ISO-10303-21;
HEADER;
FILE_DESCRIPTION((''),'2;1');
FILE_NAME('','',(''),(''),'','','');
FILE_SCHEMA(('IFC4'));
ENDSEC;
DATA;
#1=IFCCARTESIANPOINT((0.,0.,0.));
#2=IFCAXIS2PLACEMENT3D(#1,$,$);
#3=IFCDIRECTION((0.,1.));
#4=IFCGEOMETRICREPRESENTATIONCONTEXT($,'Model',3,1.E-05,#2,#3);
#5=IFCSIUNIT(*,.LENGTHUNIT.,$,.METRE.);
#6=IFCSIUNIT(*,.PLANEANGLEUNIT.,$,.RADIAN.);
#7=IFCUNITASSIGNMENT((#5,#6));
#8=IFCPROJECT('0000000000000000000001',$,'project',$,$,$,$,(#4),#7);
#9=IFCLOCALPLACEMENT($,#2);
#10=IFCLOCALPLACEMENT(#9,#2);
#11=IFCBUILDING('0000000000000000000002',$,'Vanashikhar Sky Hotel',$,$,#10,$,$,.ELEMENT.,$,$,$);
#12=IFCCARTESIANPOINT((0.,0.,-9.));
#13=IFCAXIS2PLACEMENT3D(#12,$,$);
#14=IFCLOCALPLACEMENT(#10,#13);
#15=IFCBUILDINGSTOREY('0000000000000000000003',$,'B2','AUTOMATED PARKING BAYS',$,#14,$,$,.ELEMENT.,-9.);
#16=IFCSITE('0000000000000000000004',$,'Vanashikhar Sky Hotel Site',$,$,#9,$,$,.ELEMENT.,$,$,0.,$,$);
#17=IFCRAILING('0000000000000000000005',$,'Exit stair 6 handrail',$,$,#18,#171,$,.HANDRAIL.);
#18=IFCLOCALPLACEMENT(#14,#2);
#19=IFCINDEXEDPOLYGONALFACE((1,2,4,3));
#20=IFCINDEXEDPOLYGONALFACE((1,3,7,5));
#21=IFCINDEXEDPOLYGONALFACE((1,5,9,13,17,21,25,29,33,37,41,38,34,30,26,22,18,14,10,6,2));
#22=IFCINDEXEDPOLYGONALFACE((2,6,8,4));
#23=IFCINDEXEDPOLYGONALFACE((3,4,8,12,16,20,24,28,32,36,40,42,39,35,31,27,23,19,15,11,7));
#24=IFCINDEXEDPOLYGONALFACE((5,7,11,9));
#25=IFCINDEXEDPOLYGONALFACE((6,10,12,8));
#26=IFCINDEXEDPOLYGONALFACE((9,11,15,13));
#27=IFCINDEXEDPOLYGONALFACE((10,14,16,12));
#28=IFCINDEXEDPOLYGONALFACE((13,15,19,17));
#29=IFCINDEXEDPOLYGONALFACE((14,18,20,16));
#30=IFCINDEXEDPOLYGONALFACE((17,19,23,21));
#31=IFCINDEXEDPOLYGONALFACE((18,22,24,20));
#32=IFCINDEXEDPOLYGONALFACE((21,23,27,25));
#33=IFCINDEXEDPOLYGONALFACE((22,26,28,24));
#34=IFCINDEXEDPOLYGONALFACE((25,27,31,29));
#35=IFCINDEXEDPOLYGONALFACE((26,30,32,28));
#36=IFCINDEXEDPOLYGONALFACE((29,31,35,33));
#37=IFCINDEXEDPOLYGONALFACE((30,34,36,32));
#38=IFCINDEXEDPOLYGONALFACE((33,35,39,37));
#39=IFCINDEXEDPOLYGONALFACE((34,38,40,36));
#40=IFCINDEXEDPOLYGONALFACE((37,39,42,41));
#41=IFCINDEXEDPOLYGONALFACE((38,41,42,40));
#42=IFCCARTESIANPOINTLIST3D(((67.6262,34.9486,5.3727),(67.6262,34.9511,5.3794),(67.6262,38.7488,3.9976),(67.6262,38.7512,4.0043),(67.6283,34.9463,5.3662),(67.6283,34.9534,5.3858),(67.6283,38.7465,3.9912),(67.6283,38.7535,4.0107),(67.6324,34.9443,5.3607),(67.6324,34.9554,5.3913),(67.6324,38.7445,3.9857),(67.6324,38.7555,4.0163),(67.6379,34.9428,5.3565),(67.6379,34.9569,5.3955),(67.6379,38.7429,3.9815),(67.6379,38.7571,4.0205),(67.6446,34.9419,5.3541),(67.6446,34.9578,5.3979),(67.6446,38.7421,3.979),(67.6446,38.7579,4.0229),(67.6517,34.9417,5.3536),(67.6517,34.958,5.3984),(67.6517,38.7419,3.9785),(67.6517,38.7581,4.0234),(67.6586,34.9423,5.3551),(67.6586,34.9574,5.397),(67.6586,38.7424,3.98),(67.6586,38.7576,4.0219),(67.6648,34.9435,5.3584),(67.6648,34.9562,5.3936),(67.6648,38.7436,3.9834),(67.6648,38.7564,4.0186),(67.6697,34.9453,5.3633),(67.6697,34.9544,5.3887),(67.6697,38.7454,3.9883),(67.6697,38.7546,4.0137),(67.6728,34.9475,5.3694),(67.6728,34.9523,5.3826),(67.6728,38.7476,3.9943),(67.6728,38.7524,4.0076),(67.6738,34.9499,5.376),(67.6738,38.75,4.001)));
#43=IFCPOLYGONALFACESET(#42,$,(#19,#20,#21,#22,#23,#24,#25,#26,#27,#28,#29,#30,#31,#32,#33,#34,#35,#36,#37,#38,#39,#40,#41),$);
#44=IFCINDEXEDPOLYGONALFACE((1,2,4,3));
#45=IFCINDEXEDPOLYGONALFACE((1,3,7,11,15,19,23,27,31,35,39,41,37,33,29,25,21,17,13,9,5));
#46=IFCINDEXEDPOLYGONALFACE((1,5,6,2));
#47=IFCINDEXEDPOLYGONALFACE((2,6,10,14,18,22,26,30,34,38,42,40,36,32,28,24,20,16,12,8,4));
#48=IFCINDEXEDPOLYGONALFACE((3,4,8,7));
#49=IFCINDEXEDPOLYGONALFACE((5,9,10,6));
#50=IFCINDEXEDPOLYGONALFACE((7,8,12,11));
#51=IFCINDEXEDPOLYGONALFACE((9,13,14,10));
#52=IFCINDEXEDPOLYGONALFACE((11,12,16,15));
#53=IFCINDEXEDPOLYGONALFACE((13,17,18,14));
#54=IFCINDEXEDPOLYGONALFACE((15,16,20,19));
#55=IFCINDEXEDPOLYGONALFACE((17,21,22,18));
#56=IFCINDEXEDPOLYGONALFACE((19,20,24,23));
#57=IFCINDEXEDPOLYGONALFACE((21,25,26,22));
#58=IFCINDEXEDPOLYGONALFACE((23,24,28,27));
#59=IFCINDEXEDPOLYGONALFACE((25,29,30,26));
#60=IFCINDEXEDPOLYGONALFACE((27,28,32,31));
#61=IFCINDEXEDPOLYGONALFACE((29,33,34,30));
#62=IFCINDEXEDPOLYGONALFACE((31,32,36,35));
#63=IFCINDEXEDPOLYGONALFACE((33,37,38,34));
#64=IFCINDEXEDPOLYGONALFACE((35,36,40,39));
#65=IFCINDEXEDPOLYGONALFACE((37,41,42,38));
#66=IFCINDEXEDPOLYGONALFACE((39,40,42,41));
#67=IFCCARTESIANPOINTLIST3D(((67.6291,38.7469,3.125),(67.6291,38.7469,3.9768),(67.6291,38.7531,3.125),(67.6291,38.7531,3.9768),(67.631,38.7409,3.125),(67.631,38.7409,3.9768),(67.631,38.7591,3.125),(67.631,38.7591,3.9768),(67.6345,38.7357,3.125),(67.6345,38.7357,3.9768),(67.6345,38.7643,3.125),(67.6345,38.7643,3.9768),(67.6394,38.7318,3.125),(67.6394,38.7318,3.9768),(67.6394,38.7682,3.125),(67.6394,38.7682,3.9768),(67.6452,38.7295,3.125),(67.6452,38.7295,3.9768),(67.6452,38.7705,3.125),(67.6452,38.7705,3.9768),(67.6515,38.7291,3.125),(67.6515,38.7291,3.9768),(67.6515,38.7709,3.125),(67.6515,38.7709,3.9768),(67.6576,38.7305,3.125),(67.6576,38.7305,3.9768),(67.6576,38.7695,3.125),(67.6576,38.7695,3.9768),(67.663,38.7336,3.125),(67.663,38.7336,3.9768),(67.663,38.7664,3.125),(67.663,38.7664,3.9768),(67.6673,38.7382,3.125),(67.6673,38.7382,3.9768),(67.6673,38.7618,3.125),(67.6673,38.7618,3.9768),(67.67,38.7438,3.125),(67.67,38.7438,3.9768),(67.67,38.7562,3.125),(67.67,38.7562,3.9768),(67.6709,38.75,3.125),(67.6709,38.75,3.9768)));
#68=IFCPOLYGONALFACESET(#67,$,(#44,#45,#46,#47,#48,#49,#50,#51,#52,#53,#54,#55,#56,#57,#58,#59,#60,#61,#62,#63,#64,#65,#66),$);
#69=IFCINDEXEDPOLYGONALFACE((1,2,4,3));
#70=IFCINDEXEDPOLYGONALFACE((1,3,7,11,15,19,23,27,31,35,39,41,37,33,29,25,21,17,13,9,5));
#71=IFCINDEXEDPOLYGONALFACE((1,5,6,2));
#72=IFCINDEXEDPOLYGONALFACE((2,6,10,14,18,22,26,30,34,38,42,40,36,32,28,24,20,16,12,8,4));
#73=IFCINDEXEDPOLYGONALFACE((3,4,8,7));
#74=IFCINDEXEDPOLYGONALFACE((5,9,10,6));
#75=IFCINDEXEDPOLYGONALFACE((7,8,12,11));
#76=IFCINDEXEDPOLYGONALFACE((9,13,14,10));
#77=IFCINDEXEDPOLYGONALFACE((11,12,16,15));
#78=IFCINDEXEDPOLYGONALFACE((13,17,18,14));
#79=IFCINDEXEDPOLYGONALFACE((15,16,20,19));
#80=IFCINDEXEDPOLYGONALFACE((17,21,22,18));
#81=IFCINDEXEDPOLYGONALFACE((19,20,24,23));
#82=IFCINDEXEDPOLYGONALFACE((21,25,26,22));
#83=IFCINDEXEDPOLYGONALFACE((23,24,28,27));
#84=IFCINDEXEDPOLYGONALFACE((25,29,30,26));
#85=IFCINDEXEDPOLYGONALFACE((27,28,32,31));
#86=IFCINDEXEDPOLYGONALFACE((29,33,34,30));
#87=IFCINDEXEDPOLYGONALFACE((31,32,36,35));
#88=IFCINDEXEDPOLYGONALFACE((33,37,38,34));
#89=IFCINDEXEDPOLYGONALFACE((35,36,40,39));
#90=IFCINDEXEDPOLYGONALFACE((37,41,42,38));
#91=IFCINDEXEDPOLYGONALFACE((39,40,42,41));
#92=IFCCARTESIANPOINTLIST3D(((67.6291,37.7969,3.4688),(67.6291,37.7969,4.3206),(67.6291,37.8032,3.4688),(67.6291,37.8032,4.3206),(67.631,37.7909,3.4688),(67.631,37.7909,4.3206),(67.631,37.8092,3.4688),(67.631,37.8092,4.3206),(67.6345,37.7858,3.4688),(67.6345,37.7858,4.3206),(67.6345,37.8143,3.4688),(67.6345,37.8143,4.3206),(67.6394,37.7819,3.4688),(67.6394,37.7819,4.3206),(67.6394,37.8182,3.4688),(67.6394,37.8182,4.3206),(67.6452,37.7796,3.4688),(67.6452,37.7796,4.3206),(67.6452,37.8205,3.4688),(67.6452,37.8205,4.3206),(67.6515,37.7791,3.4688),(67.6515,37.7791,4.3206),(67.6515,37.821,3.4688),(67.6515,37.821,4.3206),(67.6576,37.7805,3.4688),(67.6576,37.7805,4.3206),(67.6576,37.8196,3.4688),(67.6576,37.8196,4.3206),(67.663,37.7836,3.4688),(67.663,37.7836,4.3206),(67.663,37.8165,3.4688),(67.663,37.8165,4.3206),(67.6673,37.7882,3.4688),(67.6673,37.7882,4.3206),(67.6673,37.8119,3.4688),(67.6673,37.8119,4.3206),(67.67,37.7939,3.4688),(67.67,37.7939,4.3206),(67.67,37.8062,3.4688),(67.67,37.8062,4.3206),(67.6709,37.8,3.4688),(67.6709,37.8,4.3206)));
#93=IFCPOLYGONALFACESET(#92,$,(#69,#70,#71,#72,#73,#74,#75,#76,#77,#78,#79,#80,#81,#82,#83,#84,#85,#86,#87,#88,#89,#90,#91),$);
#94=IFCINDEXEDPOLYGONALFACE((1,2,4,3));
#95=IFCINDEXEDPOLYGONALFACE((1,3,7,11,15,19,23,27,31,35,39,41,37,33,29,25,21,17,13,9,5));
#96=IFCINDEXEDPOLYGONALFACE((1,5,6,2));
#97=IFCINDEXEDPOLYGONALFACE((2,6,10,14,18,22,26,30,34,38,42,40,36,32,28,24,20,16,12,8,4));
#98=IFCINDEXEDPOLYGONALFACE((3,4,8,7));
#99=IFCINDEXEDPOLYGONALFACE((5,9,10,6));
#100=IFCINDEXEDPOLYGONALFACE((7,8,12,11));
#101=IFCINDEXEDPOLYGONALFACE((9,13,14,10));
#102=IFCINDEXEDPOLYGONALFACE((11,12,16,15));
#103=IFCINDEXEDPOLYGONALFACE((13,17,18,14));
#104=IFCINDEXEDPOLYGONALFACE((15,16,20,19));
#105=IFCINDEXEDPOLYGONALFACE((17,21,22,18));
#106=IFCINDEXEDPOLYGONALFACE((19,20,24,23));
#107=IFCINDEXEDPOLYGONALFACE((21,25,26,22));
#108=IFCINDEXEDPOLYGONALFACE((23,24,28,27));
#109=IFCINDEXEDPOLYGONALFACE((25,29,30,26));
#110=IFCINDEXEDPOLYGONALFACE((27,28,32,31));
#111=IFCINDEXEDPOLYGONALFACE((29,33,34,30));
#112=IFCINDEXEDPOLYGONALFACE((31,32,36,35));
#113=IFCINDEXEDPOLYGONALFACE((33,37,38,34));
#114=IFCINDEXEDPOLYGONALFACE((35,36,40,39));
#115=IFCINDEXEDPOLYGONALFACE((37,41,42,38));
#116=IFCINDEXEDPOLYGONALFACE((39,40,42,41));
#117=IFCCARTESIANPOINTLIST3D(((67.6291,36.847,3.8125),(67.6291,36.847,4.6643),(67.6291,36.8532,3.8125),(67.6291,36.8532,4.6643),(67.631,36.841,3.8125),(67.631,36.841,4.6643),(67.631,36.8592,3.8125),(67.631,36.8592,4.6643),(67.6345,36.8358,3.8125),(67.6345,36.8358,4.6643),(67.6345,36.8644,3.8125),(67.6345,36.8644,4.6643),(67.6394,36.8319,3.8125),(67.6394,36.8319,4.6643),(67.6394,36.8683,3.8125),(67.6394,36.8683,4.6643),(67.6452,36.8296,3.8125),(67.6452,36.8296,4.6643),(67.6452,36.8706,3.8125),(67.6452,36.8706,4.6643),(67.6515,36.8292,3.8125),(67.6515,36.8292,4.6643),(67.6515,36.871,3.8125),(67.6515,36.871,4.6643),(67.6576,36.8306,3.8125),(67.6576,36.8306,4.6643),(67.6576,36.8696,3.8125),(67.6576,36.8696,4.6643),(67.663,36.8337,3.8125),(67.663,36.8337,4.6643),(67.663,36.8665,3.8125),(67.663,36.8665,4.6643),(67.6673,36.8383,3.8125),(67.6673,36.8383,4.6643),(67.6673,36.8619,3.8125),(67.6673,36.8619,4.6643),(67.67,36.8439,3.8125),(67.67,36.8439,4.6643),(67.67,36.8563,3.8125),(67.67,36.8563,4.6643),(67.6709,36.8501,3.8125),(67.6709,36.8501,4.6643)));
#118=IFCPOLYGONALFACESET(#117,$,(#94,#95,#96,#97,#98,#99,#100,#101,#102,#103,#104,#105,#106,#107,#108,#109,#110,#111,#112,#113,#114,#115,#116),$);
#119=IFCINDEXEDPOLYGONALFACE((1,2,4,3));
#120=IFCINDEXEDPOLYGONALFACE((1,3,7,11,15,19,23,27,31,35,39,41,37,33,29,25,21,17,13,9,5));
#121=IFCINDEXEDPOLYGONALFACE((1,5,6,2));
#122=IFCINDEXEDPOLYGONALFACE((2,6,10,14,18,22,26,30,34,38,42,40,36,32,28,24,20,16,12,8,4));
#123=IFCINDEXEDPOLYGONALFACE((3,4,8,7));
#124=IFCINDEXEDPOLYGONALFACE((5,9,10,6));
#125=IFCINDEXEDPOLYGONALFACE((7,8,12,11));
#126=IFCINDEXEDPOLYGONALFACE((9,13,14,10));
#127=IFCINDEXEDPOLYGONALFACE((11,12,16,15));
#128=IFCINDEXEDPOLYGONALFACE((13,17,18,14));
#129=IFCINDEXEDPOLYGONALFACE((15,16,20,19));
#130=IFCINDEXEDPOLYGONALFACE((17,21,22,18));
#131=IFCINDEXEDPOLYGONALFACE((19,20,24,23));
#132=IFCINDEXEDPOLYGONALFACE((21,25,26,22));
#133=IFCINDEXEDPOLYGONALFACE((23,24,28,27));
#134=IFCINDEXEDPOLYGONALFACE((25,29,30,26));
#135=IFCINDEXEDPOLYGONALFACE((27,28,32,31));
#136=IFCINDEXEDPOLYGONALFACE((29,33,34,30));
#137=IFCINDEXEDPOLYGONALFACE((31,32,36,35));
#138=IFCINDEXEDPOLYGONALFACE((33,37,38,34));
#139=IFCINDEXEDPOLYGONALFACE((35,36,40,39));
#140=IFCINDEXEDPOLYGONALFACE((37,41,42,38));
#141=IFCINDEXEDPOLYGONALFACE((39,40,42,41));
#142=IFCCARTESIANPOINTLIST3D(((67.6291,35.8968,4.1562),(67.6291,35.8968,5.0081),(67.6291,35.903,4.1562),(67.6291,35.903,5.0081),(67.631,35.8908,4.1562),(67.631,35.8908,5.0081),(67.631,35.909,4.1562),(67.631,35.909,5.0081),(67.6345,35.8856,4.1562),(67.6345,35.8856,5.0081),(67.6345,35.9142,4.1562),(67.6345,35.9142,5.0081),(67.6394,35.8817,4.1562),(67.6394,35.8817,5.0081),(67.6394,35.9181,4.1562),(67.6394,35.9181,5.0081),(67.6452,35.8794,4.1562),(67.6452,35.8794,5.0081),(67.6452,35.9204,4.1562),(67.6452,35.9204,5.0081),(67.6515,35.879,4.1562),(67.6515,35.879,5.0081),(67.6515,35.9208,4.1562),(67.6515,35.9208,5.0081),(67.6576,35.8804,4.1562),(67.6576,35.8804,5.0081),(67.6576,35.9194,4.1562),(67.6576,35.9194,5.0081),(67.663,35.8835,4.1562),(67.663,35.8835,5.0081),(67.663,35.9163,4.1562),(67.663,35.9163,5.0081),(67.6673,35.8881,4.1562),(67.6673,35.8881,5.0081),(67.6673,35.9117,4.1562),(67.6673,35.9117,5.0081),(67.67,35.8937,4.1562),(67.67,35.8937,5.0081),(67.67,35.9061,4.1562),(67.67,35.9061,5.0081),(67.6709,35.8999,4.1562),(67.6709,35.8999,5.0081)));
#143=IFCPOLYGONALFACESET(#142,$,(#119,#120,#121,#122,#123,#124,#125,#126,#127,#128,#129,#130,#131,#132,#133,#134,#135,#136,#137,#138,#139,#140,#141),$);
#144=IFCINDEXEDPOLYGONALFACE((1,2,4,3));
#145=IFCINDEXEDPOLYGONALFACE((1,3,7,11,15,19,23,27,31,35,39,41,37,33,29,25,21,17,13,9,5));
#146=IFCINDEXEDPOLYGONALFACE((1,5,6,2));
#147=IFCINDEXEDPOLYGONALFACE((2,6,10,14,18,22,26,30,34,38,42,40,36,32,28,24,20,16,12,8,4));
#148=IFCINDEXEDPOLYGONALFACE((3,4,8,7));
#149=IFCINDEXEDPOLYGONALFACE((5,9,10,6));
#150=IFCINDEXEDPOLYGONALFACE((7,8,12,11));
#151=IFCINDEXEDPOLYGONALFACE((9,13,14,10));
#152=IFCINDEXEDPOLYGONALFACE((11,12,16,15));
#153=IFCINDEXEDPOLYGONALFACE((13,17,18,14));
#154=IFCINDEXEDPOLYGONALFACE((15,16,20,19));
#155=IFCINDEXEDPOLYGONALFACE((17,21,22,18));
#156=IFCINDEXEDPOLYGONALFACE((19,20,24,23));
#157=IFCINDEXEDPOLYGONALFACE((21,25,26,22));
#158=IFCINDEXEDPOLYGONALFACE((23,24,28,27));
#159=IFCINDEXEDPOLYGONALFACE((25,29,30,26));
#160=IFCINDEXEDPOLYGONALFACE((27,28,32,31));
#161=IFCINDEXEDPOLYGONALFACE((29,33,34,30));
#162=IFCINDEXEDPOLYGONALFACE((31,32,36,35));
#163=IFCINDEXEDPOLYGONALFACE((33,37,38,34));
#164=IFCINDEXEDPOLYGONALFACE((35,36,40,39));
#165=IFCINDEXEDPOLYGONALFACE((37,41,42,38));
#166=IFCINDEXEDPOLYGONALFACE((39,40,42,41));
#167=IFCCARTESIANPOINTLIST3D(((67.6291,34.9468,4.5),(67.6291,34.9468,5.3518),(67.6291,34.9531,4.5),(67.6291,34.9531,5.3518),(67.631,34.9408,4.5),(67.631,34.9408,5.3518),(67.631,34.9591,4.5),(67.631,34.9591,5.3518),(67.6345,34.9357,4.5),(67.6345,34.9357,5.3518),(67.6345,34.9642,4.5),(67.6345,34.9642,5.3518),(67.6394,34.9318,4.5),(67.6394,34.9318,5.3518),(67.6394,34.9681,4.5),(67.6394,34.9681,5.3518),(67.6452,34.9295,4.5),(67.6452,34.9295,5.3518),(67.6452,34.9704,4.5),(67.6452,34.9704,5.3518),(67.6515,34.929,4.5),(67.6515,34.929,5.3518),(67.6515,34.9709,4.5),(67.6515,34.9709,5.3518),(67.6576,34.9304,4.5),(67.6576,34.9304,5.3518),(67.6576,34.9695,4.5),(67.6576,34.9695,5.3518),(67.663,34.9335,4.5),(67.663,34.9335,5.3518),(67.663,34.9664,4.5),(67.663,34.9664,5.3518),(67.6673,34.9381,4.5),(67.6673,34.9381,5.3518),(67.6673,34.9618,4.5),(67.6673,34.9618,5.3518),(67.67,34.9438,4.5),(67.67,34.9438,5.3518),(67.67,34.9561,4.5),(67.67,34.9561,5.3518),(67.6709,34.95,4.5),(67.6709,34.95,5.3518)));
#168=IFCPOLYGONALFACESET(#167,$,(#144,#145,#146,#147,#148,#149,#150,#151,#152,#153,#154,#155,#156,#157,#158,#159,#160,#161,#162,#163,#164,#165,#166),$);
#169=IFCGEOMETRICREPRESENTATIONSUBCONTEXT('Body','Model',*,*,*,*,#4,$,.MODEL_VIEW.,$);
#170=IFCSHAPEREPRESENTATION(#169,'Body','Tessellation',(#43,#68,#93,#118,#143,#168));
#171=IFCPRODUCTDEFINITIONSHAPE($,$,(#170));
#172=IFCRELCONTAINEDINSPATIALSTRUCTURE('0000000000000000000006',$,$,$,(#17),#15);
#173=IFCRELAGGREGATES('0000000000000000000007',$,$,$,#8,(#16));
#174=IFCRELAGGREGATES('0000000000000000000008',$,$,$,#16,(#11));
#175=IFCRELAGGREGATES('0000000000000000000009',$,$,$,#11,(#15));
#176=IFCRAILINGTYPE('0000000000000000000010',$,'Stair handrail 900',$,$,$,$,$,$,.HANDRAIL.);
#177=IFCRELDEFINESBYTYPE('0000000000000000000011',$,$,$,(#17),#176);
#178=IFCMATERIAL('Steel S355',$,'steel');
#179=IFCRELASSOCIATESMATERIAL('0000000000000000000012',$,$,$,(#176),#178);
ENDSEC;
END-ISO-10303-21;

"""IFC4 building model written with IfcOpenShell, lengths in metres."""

from ifc_helpers import new_model, si_unit, direction, frame, origin, origin_2d, place, context, subcontext, project, spatial, circle, extrude, source, transform, mapped, material, type_object, element, save


model = new_model("IFC4")

# Units and contexts
model_context = context("Model", 3, precision=1e-05, world=origin(), true_north=direction((0.0, 1.0)))
body_context = subcontext(model_context, "Body", "Model", "MODEL_VIEW")
ifc_project = project(units=[si_unit("LENGTHUNIT", "METRE"), si_unit("PLANEANGLEUNIT", "RADIAN")], contexts=[model_context])

# Site, building, storey
site_placement = place(None, origin())
site = spatial("IfcSite", under=ifc_project, at=site_placement, Name="Vanashikhar Sky Hotel Site", CompositionType="ELEMENT", RefElevation=0.0)
building_placement = place(site_placement, origin())
building = spatial("IfcBuilding", under=site, at=building_placement, Name="Vanashikhar Sky Hotel", CompositionType="ELEMENT")
storey_placement = place(building_placement, frame((0.0, 0.0, -9.0)))
storey = spatial("IfcBuildingStorey", under=building, at=storey_placement, Name="B2", Description="AUTOMATED PARKING BAYS", CompositionType="ELEMENT", Elevation=-9.0)

# Railing
ifc_material_1 = material(Name="Steel S355", Category="steel")
railing_type_1 = type_object("IfcRailingType", Name="Stair handrail 900", PredefinedType="HANDRAIL", material=ifc_material_1)
shared_shape_1 = source(origin(), body_context, "Body", "SweptSolid", [
    extrude(circle(Radius=0.0239, at=origin_2d()), frame((0.0, 0.0, 0.876), z_axis=(0.0, -0.940336, 0.340249), x_axis=(1.0, 0.0, 0.0)), (0.0, 0.0, 1.0), 4.0413),
    extrude(circle(Radius=0.021, at=origin_2d()), origin(), (0.0, 0.0, 1.0), 0.8518),
    extrude(circle(Radius=0.021, at=origin_2d()), frame((0.0, -0.95, 0.3438)), (0.0, 0.0, 1.0), 0.8518),
    extrude(circle(Radius=0.021, at=origin_2d()), frame((0.0, -1.8999, 0.6875)), (0.0, 0.0, 1.0), 0.8518),
    extrude(circle(Radius=0.021, at=origin_2d()), frame((0.0, -2.8501, 1.0312)), (0.0, 0.0, 1.0), 0.8518),
    extrude(circle(Radius=0.021, at=origin_2d()), frame((0.0, -3.8, 1.375)), (0.0, 0.0, 1.0), 0.8518),
])
for number, where, name in (
    (1, (67.6499, 38.75, 3.125), "Exit stair 6 handrail"),
):
    element("IfcRailing", number, at=place(storey_placement, frame(where)), inside=storey, type_object=railing_type_1, Name=name, PredefinedType="HANDRAIL", context=body_context, shape_type="MappedRepresentation", body=[
        mapped(shared_shape_1, transform((0.0, 0.0, 0.0), scale=1.0)),
    ])

save(model, "model.ifc")
